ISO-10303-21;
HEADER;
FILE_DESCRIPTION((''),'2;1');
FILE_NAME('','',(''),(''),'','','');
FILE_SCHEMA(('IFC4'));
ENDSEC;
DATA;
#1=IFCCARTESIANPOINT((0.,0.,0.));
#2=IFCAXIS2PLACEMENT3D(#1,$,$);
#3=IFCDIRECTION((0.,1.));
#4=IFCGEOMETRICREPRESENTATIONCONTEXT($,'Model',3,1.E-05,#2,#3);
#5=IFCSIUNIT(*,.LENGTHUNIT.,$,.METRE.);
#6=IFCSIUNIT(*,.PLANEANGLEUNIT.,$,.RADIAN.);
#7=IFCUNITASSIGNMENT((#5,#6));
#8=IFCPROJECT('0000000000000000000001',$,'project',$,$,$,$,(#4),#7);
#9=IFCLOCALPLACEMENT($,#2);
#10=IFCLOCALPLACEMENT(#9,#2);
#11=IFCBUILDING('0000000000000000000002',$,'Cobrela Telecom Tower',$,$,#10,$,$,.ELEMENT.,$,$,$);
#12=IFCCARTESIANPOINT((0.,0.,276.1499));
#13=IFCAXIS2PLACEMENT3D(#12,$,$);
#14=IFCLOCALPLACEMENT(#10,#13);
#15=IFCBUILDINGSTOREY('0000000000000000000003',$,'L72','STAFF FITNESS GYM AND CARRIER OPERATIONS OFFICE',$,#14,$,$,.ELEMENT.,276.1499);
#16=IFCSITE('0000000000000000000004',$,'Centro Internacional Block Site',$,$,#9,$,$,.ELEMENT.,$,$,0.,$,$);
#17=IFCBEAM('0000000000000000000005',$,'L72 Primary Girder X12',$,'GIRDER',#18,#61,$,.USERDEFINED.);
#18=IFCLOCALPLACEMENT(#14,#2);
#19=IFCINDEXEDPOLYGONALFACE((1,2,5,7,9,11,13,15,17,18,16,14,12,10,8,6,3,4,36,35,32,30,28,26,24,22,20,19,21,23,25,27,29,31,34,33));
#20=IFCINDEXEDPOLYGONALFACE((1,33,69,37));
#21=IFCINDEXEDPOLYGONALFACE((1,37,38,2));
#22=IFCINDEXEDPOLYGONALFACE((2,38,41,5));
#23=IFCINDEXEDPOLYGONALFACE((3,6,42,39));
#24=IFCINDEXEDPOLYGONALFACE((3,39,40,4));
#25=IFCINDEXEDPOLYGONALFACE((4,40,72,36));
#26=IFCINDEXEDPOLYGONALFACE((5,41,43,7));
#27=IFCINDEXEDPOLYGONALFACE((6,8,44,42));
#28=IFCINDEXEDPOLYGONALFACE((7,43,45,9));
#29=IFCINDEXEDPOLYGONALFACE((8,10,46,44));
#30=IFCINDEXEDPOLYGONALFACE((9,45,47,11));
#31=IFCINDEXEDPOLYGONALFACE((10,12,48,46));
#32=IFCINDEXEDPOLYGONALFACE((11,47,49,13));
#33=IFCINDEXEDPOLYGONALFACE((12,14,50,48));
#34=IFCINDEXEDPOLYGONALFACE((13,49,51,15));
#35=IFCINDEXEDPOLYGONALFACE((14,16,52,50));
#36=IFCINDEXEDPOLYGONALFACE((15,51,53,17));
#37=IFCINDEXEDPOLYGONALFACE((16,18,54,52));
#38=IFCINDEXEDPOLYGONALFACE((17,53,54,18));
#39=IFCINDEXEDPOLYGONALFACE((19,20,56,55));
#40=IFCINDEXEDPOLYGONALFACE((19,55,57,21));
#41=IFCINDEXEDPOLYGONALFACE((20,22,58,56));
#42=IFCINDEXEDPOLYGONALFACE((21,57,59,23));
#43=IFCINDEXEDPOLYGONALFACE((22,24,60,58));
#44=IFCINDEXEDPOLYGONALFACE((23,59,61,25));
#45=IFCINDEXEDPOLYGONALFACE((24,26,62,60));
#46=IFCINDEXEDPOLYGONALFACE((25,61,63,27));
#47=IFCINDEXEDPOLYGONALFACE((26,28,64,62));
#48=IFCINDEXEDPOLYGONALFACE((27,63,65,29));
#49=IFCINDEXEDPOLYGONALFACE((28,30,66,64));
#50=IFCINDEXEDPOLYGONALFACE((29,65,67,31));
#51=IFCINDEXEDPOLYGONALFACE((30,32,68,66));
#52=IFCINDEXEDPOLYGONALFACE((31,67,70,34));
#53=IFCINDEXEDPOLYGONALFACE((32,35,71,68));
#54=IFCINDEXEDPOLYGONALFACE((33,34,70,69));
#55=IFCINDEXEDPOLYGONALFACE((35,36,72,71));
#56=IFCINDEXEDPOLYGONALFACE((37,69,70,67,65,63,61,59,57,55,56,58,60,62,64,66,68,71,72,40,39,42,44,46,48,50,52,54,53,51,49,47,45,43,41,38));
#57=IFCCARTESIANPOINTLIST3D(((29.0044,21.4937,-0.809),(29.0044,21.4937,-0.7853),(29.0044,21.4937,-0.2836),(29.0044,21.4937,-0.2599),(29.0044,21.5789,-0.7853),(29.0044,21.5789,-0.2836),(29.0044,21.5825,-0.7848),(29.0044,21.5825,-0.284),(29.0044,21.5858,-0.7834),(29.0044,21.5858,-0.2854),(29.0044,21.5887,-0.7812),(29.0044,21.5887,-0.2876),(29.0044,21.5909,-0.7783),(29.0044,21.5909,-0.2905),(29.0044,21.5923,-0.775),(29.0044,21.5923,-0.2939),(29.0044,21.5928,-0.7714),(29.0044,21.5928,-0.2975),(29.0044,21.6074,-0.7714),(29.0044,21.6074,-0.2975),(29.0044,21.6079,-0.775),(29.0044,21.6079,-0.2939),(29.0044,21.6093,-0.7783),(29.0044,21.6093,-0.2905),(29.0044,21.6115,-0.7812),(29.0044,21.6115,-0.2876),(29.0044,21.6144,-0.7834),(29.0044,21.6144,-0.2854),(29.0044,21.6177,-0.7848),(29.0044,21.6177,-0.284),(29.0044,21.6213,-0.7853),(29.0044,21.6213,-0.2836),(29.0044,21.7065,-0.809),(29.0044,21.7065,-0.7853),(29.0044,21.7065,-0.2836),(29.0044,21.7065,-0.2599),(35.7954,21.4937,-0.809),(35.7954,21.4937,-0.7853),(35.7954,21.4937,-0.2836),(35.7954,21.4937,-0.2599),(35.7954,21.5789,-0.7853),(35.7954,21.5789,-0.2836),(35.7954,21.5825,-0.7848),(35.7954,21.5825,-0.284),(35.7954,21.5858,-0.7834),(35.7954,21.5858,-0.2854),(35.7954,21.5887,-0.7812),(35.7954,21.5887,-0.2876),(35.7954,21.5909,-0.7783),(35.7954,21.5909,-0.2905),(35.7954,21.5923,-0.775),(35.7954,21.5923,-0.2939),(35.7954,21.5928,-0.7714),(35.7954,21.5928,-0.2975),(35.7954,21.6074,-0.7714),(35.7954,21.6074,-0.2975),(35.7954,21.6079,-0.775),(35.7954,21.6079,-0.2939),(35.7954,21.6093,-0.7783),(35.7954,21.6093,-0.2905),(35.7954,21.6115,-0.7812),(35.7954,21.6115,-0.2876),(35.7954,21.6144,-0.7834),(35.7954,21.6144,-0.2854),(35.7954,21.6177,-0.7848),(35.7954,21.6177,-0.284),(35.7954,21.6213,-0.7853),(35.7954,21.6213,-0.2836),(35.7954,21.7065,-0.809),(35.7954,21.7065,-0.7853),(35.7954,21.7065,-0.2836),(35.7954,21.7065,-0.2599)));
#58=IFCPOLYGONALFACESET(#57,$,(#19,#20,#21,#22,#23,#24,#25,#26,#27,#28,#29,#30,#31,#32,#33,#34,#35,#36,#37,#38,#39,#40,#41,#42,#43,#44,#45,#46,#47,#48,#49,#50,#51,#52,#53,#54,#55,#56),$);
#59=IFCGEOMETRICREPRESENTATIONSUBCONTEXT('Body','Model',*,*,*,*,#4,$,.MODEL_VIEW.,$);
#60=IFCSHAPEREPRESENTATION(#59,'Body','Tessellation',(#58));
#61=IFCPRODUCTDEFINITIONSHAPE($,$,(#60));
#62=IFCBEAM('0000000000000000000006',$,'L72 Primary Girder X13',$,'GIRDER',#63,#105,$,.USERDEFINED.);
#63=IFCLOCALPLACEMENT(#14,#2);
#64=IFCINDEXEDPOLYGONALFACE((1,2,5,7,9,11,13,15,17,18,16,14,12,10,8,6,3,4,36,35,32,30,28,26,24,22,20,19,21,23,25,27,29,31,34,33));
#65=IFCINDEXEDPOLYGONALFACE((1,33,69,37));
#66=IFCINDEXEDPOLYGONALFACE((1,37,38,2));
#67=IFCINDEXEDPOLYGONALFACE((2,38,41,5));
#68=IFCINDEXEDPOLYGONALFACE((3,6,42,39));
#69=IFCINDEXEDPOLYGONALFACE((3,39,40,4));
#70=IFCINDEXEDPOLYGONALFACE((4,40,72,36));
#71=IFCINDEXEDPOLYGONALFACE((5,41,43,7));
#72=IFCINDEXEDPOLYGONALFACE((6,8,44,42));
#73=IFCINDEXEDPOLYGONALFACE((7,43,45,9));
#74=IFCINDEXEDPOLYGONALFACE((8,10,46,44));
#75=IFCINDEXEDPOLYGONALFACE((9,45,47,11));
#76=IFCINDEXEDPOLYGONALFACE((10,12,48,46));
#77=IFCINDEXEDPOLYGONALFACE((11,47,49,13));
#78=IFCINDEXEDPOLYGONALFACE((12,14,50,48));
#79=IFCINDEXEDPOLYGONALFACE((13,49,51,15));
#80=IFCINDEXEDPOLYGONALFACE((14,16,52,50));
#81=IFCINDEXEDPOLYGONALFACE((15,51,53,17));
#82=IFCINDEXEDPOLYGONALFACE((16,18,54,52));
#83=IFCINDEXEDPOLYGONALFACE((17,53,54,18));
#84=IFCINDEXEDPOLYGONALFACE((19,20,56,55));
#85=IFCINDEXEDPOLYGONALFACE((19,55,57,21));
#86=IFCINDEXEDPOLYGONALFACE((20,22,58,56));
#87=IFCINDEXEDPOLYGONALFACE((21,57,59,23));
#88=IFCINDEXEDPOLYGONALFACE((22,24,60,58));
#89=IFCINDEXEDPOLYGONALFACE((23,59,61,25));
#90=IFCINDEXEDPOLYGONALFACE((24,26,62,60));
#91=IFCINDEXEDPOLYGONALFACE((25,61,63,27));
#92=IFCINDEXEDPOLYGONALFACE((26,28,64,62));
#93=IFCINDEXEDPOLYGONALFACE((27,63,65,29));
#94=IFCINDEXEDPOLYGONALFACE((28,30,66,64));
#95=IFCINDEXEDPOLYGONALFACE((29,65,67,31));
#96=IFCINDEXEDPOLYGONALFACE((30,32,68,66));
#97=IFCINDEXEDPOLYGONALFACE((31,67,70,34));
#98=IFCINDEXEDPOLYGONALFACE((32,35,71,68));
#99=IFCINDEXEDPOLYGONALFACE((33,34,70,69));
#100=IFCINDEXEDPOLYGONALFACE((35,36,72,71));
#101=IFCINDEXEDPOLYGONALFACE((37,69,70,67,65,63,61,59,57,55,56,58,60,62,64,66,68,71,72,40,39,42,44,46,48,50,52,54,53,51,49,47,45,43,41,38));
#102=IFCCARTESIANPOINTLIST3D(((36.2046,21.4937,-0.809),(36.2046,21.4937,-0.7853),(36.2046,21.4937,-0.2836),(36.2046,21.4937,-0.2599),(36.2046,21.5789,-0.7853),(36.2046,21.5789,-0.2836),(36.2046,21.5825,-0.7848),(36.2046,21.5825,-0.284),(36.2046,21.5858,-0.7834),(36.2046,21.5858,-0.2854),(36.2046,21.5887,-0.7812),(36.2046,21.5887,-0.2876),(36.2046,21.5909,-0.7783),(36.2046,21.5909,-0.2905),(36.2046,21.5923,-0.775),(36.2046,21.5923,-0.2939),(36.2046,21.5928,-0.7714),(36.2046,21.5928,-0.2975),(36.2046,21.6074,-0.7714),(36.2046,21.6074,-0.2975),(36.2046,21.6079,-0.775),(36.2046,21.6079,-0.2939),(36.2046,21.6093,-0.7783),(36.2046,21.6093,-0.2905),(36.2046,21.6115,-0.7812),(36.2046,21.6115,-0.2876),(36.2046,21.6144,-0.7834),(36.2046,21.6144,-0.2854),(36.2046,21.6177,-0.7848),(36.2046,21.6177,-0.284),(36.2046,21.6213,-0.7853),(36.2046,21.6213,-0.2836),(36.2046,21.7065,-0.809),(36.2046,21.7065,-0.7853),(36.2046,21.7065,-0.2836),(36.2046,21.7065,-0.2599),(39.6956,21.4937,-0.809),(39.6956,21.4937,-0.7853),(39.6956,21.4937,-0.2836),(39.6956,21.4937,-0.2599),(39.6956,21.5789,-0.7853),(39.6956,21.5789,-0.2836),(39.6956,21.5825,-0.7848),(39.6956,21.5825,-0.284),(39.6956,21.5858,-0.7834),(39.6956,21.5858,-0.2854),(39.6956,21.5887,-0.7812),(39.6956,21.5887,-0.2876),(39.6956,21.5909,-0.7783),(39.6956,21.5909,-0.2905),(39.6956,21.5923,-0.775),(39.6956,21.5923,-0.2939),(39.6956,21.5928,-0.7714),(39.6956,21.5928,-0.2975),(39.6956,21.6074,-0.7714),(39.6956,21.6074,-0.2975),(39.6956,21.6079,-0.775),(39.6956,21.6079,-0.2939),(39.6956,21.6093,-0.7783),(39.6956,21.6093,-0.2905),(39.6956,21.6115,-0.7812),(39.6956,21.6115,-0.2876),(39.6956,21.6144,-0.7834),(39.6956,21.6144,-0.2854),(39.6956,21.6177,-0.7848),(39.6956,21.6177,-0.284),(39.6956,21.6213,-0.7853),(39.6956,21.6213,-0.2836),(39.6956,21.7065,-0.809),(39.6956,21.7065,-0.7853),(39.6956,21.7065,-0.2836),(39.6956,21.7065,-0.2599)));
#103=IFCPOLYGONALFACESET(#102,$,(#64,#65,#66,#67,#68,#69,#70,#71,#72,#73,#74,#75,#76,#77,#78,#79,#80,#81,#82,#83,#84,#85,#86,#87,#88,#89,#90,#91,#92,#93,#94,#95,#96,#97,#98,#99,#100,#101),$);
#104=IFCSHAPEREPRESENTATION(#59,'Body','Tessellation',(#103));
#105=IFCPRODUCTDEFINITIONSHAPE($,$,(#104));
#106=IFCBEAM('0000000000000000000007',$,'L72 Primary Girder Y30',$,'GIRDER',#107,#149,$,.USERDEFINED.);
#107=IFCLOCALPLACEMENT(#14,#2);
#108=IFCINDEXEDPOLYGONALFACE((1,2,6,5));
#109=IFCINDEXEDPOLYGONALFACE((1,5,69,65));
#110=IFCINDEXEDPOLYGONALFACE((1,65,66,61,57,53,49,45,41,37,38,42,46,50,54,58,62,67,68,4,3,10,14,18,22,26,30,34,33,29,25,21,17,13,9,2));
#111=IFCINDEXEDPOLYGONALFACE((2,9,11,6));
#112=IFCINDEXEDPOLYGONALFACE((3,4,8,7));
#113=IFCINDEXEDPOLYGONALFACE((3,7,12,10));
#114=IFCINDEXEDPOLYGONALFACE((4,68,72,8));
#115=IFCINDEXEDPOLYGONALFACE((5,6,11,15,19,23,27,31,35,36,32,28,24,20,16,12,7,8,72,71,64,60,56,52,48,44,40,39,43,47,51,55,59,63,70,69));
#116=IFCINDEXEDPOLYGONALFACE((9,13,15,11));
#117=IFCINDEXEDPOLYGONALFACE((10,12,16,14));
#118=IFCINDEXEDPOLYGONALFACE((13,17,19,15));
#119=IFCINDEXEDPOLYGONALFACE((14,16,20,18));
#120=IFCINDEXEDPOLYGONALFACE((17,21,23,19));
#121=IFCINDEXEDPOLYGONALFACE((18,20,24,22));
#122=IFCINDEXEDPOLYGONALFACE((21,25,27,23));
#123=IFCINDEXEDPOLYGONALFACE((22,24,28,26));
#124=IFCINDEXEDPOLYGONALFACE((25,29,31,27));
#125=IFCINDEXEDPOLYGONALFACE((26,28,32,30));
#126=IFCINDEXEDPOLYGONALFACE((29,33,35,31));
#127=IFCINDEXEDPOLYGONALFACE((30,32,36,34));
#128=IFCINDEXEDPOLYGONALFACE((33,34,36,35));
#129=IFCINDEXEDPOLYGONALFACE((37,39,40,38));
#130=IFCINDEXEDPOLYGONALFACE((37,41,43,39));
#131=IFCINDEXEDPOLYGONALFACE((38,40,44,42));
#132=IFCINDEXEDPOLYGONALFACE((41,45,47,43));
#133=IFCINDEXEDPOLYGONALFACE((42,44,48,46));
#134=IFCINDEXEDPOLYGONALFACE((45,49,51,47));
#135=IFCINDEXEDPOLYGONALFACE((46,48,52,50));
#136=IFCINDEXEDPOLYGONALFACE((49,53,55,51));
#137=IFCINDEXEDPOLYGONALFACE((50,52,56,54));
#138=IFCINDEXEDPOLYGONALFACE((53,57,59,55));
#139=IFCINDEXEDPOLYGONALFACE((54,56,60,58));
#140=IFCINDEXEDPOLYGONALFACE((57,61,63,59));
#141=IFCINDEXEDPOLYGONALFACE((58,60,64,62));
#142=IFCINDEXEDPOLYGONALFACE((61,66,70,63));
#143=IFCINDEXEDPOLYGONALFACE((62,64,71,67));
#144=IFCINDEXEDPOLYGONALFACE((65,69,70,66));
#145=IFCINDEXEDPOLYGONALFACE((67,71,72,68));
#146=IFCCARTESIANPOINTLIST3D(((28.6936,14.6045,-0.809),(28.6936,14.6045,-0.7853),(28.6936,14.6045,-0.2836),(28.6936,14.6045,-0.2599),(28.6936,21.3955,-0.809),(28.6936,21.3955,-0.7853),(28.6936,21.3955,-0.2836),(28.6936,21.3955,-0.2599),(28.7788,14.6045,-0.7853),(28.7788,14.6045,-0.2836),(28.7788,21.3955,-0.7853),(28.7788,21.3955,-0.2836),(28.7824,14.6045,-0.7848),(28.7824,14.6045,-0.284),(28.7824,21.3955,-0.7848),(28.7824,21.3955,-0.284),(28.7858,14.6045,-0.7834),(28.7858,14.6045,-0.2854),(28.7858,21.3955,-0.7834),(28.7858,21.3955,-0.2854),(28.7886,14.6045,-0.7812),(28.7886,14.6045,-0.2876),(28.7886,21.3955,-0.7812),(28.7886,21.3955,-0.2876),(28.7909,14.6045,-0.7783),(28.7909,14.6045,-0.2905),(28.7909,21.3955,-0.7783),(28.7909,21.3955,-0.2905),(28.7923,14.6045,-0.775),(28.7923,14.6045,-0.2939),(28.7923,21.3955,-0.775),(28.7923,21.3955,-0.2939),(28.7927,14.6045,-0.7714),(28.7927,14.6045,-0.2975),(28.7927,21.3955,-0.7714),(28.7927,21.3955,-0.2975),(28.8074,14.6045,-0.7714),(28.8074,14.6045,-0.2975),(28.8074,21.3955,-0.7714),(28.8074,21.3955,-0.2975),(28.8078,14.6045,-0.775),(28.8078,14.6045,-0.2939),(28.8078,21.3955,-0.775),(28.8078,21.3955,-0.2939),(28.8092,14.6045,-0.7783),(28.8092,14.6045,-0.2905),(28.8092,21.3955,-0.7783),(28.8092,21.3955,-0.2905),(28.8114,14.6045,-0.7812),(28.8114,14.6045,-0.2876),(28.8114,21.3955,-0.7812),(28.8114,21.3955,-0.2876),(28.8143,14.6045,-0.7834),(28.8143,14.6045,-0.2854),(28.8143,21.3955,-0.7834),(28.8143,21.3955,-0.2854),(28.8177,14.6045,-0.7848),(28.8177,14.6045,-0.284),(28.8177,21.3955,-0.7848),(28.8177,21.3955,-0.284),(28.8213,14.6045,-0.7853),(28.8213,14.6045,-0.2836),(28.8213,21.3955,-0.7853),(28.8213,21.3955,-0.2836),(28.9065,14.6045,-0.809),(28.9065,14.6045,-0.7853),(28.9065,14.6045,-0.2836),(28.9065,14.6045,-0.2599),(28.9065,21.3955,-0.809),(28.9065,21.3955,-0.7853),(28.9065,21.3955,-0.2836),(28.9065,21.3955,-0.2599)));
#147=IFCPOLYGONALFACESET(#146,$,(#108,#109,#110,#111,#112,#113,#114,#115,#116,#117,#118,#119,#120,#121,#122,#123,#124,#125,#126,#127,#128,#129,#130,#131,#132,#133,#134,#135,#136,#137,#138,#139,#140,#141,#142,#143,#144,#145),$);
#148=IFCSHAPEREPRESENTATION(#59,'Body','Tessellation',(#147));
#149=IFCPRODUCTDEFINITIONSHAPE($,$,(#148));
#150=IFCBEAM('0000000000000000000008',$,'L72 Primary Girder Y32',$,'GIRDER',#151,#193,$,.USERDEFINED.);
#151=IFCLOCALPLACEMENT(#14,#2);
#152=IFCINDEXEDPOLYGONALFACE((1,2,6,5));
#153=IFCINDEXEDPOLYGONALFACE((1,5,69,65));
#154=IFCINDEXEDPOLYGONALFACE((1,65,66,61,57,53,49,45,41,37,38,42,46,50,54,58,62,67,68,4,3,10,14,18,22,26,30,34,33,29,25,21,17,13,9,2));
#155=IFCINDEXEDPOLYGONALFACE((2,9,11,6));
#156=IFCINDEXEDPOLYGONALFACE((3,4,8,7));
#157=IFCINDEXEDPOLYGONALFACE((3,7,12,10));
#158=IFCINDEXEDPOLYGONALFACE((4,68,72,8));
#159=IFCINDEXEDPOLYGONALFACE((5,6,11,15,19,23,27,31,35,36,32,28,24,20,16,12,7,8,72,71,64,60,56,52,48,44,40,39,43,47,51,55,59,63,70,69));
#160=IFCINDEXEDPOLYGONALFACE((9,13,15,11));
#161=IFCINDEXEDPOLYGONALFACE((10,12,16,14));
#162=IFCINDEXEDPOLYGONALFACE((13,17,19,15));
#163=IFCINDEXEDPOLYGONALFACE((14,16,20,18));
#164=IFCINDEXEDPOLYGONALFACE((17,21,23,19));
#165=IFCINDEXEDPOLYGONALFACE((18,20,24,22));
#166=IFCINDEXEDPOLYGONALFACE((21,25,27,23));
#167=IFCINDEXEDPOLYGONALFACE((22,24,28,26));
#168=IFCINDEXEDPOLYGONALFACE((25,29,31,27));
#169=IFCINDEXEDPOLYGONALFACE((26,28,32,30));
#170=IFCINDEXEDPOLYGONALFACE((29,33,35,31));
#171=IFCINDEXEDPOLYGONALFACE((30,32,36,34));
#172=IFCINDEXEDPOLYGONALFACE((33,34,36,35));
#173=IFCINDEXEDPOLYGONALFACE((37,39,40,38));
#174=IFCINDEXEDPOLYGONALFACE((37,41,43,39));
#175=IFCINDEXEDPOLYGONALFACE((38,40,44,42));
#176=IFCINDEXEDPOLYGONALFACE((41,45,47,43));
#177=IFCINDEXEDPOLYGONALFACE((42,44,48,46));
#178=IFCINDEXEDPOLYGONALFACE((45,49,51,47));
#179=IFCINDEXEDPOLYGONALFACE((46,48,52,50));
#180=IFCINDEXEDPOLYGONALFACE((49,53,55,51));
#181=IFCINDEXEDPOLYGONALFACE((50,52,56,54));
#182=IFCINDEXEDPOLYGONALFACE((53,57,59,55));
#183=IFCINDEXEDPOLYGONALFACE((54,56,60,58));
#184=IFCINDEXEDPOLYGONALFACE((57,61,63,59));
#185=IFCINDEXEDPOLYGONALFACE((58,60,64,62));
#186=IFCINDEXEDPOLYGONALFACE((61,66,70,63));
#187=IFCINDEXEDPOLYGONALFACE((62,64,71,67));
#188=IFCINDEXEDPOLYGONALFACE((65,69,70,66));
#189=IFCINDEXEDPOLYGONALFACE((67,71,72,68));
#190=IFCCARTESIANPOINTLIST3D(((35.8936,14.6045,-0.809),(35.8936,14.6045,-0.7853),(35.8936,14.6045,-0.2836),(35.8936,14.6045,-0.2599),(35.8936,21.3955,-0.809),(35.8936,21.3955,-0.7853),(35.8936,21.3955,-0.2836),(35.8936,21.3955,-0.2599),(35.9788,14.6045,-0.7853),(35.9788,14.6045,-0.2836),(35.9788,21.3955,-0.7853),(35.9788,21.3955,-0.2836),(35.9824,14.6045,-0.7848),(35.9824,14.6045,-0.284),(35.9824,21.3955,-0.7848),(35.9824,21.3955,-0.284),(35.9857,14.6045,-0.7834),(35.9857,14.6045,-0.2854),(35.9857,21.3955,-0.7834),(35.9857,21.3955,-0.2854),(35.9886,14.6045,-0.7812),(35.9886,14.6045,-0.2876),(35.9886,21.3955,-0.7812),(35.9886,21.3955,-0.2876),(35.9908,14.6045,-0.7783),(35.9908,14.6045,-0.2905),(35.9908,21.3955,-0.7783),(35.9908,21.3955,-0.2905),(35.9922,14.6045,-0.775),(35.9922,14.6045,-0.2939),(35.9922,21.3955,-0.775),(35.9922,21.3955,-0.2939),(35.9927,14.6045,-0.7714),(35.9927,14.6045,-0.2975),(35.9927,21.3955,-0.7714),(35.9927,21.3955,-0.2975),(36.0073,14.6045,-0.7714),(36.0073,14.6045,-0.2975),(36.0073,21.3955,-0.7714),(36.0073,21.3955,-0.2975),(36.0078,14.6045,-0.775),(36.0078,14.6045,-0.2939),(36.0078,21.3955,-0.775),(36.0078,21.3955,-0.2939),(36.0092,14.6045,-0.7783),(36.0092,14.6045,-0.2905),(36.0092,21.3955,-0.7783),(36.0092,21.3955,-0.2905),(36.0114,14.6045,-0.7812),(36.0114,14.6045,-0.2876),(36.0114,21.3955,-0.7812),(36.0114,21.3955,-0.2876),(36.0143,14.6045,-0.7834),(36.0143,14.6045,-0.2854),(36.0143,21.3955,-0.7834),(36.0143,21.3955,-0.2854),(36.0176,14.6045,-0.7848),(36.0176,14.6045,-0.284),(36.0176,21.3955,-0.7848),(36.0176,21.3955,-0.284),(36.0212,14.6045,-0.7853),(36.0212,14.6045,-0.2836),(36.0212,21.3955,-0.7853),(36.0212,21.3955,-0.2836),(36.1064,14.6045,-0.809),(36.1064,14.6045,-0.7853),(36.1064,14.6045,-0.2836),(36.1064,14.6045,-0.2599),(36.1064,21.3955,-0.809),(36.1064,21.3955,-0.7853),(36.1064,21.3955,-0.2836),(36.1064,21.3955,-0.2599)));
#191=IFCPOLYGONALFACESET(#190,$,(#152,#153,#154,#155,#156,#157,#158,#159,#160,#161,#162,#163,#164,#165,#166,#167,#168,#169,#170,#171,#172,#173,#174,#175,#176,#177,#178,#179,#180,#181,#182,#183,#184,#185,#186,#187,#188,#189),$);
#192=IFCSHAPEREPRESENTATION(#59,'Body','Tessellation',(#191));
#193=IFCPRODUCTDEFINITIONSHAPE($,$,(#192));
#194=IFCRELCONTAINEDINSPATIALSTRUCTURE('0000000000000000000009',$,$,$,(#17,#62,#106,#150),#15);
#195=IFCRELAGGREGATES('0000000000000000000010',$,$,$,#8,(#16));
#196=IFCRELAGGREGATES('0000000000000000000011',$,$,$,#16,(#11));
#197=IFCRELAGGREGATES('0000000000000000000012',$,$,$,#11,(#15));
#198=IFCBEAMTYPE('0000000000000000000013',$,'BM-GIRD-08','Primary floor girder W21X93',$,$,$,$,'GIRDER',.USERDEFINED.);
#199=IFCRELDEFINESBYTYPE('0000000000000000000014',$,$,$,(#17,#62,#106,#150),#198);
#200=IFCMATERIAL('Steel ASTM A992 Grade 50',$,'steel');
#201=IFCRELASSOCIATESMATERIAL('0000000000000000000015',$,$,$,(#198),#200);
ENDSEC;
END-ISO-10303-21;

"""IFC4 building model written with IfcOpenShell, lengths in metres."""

from ifc_helpers import new_model, si_unit, direction, frame, origin, origin_2d, place, context, subcontext, project, spatial, i_section, extrude, material, material_profile, profile_set, type_object, element, save


model = new_model("IFC4")

# Units and contexts
model_context = context("Model", 3, precision=1e-05, world=origin(), true_north=direction((0.0, 1.0)))
body_context = subcontext(model_context, "Body", "Model", "MODEL_VIEW")
ifc_project = project(units=[si_unit("LENGTHUNIT", "METRE"), si_unit("PLANEANGLEUNIT", "RADIAN")], contexts=[model_context])

# Site, building, storey
site_placement = place(None, origin())
site = spatial("IfcSite", under=ifc_project, at=site_placement, Name="Centro Internacional Block Site", CompositionType="ELEMENT", RefElevation=0.0)
building_placement = place(site_placement, origin())
building = spatial("IfcBuilding", under=site, at=building_placement, Name="Cobrela Telecom Tower", CompositionType="ELEMENT")
storey_placement = place(building_placement, frame((0.0, 0.0, 276.1499)))
storey = spatial("IfcBuildingStorey", under=building, at=storey_placement, Name="L72", Description="STAFF FITNESS GYM AND CARRIER OPERATIONS OFFICE", CompositionType="ELEMENT", Elevation=276.1499)

# Shared definitions
ifc_material_1 = material(Name="Steel ASTM A992 Grade 50", Category="steel")

# Beams
ifc_material_profile_1 = material_profile(ifc_material_1, i_section(OverallWidth=0.2129, OverallDepth=0.5491, WebThickness=0.0146, FlangeThickness=0.0237, FilletRadius=0.0139, at=origin_2d()), Name="W21X93")
ifc_profile_set_1 = profile_set([ifc_material_profile_1], Name="Steel ASTM A992 Grade 50")
beam_type_1 = type_object("IfcBeamType", Name="BM-GIRD-08", Description="Primary floor girder W21X93", ElementType="GIRDER", PredefinedType="USERDEFINED", material=ifc_profile_set_1)
beam_1_placement = place(storey_placement, frame((29.0044, 21.6001, -0.5344), z_axis=(1.0, 0.0, 0.0), x_axis=(0.0, 1.0, 0.0)))
element("IfcBeam", 1, at=beam_1_placement, inside=storey, type_object=beam_type_1, Name="L72 Primary Girder X12", ObjectType="GIRDER", PredefinedType="USERDEFINED", context=body_context, shape_type="SweptSolid", body=[
    extrude(i_section(OverallWidth=0.2129, OverallDepth=0.5491, WebThickness=0.0146, FlangeThickness=0.0237, FilletRadius=0.0139, at=origin_2d()), origin(), (0.0, 0.0, 1.0), 6.791),
])
beam_2_placement = place(storey_placement, frame((36.2046, 21.6001, -0.5344), z_axis=(1.0, 0.0, 0.0), x_axis=(0.0, 1.0, 0.0)))
element("IfcBeam", 2, at=beam_2_placement, inside=storey, type_object=beam_type_1, Name="L72 Primary Girder X13", ObjectType="GIRDER", PredefinedType="USERDEFINED", context=body_context, shape_type="SweptSolid", body=[
    extrude(i_section(OverallWidth=0.2129, OverallDepth=0.5491, WebThickness=0.0146, FlangeThickness=0.0237, FilletRadius=0.0139, at=origin_2d()), origin(), (0.0, 0.0, 1.0), 3.491),
])
for number, where, z_axis, x_axis, name in (
    (3, (28.8, 14.6045, -0.5344), (0.0, 1.0, 0.0), (-1.0, 0.0, 0.0), "L72 Primary Girder Y30"),
    (4, (36.0, 14.6045, -0.5344), (0.0, 1.0, 0.0), (-1.0, 0.0, 0.0), "L72 Primary Girder Y32"),
):
    element("IfcBeam", number, at=place(storey_placement, frame(where, z_axis=z_axis, x_axis=x_axis)), inside=storey, type_object=beam_type_1, Name=name, ObjectType="GIRDER", PredefinedType="USERDEFINED", context=body_context, shape_type="SweptSolid", body=[
        extrude(i_section(OverallWidth=0.2129, OverallDepth=0.5491, WebThickness=0.0146, FlangeThickness=0.0237, FilletRadius=0.0139, at=origin_2d()), origin(), (0.0, 0.0, 1.0), 6.791),
    ])

save(model, "model.ifc")
